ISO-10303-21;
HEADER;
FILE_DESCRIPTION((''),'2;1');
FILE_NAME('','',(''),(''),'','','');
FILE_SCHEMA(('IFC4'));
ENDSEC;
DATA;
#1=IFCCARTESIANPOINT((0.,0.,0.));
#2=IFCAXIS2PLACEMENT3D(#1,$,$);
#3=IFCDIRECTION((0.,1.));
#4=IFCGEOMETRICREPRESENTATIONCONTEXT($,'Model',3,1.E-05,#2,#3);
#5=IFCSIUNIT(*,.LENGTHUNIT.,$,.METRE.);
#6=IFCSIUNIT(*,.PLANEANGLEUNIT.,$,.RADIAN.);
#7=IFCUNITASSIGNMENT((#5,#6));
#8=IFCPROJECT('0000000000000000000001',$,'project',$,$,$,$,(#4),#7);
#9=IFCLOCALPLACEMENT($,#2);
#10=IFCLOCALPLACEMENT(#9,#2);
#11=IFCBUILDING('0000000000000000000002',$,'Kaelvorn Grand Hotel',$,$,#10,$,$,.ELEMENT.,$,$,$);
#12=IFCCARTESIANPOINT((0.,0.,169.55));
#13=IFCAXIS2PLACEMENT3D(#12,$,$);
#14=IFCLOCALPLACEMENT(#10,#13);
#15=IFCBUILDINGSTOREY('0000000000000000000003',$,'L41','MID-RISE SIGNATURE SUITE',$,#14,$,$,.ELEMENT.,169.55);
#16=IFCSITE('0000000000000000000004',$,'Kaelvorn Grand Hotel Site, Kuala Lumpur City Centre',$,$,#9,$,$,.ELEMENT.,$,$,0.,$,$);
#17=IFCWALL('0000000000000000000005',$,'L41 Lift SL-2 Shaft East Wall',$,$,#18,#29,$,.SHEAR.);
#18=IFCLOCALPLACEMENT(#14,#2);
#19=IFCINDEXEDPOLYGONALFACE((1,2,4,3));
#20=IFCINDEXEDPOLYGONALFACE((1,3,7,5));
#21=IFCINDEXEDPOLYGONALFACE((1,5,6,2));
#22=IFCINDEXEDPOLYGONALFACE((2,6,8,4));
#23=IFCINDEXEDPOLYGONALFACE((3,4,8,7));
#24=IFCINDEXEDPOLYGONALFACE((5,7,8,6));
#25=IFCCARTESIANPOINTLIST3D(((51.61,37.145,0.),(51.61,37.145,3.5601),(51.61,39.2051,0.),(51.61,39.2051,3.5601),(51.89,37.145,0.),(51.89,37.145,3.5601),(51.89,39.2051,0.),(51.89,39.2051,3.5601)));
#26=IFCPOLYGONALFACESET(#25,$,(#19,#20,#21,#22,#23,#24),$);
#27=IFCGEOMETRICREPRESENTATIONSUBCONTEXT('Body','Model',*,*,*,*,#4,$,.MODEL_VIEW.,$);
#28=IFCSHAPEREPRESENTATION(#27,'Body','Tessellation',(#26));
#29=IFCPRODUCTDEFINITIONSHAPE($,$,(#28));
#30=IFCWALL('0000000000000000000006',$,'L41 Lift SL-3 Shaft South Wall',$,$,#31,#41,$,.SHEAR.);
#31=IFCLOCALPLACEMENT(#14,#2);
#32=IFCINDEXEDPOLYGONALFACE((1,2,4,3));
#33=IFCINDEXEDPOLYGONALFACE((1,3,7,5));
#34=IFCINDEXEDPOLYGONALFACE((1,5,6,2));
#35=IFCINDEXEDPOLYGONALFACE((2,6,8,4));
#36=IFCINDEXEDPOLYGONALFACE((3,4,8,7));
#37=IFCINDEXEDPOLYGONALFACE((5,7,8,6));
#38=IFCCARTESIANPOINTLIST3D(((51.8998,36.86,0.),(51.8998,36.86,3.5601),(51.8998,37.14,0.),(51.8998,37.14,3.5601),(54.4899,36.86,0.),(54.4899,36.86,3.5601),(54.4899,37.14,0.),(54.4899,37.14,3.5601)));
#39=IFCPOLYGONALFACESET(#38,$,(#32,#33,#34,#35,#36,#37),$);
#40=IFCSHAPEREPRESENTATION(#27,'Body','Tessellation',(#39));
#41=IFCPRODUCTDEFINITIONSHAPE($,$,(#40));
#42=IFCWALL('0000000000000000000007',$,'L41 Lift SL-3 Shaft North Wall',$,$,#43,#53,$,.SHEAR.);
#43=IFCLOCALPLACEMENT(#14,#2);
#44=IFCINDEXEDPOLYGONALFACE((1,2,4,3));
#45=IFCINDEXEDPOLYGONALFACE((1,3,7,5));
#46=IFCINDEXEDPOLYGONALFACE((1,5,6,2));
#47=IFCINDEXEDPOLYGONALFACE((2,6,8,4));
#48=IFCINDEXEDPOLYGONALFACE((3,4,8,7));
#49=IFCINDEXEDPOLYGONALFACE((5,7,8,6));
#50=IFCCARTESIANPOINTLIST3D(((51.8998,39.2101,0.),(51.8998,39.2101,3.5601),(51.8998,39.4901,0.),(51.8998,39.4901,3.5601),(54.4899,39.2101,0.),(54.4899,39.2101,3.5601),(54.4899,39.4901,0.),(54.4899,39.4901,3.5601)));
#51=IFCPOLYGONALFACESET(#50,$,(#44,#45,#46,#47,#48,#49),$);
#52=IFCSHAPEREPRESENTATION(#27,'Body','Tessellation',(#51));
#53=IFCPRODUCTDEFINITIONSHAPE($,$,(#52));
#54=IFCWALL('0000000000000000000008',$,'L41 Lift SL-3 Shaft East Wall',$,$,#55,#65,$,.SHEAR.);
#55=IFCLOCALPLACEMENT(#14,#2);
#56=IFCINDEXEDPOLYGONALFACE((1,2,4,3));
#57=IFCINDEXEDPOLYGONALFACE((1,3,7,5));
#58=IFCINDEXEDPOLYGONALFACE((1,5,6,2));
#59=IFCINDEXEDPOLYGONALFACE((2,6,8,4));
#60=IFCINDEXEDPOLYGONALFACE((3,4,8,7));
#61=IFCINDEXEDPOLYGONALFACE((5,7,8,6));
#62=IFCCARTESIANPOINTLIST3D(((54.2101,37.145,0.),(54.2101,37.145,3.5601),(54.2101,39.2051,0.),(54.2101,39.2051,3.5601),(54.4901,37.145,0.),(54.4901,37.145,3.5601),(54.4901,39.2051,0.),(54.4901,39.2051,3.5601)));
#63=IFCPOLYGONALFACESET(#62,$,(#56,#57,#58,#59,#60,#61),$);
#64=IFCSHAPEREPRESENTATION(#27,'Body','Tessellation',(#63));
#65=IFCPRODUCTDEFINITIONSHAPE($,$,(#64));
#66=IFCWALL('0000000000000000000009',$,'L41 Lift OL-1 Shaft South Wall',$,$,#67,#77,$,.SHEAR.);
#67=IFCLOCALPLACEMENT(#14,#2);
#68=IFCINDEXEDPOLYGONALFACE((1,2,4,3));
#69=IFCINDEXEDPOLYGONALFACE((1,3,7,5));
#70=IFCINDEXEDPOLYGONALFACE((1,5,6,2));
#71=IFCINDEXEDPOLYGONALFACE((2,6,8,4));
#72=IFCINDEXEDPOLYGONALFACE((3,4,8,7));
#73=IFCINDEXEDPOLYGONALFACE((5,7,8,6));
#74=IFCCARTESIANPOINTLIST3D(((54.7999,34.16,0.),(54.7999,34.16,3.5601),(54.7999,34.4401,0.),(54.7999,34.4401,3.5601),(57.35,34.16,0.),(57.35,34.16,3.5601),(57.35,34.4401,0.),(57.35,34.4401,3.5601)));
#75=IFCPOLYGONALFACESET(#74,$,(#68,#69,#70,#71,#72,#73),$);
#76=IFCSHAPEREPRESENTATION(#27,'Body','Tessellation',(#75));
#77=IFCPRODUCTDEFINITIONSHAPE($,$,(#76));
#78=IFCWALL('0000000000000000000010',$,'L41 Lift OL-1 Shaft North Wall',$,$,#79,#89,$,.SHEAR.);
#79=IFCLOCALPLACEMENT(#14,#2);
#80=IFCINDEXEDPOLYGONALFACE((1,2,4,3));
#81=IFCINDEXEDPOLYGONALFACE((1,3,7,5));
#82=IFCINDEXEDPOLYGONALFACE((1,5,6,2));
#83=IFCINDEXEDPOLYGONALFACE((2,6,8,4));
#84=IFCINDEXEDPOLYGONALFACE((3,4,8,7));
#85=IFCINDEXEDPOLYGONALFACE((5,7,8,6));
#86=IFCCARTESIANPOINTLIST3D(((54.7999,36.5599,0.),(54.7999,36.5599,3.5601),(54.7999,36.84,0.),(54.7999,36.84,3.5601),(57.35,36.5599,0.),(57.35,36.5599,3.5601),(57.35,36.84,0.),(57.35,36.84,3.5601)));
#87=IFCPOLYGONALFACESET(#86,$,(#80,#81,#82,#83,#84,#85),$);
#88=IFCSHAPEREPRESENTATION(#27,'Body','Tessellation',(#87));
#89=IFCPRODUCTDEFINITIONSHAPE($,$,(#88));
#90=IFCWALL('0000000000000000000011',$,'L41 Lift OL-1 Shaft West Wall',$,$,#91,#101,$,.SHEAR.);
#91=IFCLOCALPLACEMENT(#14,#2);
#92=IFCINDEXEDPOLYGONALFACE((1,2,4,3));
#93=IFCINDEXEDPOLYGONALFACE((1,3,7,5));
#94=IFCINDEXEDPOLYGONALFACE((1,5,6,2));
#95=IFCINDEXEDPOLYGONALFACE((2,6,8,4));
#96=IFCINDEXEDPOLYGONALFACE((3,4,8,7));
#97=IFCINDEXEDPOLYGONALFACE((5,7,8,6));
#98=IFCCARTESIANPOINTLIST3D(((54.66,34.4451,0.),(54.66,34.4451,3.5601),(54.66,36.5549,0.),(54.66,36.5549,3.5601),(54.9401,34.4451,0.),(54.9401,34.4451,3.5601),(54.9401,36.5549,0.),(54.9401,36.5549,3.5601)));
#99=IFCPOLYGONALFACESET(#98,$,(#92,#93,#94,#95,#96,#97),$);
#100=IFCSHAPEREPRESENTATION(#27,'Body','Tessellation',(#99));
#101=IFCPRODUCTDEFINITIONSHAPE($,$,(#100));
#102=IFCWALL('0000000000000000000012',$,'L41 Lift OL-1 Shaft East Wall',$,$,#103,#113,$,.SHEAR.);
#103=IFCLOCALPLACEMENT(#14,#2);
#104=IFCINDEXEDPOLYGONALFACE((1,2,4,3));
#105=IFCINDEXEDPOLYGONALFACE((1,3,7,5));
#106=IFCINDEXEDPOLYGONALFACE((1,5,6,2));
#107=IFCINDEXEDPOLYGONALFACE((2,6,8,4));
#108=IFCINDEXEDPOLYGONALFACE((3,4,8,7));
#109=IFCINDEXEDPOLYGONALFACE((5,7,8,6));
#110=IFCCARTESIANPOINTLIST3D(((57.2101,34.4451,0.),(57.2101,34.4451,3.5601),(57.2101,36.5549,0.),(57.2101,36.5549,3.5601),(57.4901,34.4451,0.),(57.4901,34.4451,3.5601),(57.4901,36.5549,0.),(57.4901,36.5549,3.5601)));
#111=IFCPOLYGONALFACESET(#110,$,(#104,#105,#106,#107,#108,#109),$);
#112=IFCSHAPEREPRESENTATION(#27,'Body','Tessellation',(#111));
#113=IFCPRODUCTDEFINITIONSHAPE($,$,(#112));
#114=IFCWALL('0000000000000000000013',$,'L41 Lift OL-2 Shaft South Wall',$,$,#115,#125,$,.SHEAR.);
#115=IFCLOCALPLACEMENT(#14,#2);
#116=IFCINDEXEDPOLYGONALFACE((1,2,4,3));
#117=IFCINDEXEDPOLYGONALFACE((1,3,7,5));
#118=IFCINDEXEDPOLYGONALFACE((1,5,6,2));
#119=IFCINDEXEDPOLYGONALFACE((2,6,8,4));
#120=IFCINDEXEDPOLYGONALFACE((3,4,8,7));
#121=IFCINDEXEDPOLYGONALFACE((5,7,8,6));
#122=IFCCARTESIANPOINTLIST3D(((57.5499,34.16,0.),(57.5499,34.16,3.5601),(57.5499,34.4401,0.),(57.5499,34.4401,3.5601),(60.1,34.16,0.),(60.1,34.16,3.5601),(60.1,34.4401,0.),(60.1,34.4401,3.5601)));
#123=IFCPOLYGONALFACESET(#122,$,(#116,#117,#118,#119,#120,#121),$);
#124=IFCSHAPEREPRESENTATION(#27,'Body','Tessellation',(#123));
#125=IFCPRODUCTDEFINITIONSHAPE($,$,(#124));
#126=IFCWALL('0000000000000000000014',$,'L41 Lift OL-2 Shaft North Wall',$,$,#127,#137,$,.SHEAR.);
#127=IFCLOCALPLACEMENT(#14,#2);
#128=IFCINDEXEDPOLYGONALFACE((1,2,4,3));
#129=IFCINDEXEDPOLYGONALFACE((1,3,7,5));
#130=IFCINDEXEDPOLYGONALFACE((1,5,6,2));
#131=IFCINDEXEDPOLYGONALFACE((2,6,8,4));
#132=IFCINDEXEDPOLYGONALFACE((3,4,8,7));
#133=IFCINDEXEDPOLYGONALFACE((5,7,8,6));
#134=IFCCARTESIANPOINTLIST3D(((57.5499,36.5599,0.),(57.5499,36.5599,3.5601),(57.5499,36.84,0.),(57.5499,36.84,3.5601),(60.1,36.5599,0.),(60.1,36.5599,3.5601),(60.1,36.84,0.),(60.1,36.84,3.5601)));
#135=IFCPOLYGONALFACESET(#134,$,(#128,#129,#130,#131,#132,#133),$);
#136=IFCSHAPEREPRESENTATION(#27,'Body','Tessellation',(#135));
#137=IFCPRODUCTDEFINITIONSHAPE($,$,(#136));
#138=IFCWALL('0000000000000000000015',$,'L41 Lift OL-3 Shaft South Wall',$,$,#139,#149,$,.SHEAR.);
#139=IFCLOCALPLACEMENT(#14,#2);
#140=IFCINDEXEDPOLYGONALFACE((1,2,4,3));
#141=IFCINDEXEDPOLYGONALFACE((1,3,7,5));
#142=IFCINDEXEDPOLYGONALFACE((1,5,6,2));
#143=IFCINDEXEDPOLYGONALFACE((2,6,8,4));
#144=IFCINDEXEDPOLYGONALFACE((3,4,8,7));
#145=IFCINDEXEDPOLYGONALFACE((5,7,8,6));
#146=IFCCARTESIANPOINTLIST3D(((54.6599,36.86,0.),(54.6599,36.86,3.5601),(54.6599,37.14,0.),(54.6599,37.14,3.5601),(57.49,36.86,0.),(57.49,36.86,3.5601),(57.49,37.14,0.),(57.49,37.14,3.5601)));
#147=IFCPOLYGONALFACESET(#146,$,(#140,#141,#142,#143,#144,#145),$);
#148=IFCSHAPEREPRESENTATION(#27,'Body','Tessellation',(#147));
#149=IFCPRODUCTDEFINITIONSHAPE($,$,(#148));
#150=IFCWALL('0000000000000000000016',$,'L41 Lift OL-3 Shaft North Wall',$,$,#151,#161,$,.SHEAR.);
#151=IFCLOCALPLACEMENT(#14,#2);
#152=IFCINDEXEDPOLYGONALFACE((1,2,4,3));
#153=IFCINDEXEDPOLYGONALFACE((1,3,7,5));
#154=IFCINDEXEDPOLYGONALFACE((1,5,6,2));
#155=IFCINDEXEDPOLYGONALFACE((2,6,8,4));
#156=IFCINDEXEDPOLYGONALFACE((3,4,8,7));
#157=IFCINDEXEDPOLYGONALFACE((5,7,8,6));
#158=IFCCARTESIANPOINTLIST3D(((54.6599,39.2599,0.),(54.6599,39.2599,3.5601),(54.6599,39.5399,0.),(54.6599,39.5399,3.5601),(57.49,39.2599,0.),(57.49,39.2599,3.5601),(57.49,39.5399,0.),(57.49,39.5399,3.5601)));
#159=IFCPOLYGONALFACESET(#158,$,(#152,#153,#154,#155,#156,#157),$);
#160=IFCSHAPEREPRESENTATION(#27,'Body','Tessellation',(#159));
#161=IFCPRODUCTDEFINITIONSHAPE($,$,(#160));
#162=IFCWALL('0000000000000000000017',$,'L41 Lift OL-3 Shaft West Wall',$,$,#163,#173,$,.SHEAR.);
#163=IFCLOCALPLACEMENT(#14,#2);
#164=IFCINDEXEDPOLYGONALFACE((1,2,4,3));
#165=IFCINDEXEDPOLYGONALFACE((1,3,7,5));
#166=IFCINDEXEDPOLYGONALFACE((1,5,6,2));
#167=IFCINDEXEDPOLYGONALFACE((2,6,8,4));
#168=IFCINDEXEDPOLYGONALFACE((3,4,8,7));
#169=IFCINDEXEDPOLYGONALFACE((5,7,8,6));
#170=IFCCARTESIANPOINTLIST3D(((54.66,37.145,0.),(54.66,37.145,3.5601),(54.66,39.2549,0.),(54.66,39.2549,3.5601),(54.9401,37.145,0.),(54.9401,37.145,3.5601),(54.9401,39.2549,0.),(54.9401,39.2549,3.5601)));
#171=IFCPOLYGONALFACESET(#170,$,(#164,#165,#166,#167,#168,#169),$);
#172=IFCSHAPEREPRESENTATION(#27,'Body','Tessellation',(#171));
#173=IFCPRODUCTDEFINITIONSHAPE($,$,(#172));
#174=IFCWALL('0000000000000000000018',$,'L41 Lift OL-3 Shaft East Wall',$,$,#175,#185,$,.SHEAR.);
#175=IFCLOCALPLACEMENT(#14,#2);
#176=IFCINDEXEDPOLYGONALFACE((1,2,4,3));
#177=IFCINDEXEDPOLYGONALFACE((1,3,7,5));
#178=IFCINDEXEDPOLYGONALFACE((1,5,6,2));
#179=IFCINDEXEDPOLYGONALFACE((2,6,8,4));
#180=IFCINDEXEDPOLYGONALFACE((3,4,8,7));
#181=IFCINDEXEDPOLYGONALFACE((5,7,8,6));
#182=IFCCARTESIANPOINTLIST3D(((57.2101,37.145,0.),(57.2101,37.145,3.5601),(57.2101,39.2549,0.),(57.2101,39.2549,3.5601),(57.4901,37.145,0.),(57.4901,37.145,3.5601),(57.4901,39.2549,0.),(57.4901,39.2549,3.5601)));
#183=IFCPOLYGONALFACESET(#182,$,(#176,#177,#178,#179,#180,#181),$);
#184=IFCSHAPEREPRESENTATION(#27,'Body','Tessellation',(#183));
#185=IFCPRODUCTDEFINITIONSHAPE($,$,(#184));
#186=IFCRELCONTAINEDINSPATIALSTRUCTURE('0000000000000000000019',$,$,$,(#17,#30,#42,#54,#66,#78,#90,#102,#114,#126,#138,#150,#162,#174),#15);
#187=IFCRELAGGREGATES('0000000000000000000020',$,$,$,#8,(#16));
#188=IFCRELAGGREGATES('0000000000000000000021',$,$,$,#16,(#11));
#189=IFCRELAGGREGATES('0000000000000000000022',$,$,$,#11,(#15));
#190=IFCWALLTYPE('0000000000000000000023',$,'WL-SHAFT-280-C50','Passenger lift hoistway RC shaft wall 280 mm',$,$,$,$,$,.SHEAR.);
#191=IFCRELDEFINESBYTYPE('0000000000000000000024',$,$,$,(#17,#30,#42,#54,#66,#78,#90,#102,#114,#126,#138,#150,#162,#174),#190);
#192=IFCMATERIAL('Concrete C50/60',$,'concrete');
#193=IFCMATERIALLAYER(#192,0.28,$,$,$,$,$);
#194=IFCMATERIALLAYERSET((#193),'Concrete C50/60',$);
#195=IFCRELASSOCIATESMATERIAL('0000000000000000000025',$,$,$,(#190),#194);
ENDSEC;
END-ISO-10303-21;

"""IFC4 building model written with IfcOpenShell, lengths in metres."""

from ifc_helpers import new_model, si_unit, direction, frame, frame_2d, origin, place, context, subcontext, project, spatial, rectangle, extrude, material, layer, layer_set, type_object, element, save


model = new_model("IFC4")

# Units and contexts
model_context = context("Model", 3, precision=1e-05, world=origin(), true_north=direction((0.0, 1.0)))
body_context = subcontext(model_context, "Body", "Model", "MODEL_VIEW")
ifc_project = project(units=[si_unit("LENGTHUNIT", "METRE"), si_unit("PLANEANGLEUNIT", "RADIAN")], contexts=[model_context])

# Site, building, storey
site_placement = place(None, origin())
site = spatial("IfcSite", under=ifc_project, at=site_placement, Name="Kaelvorn Grand Hotel Site, Kuala Lumpur City Centre", CompositionType="ELEMENT", RefElevation=0.0)
building_placement = place(site_placement, origin())
building = spatial("IfcBuilding", under=site, at=building_placement, Name="Kaelvorn Grand Hotel", CompositionType="ELEMENT")
storey_placement = place(building_placement, frame((0.0, 0.0, 169.55)))
storey = spatial("IfcBuildingStorey", under=building, at=storey_placement, Name="L41", Description="MID-RISE SIGNATURE SUITE", CompositionType="ELEMENT", Elevation=169.55)

# Shared definitions
ifc_material_1 = material(Name="Concrete C50/60", Category="concrete")

# Shared definitions
ifc_layer_1 = layer(ifc_material_1, 0.28)
ifc_layer_set_1 = layer_set([ifc_layer_1], Name="Concrete C50/60")
wall_type_1 = type_object("IfcWallType", Name="WL-SHAFT-280-C50", Description="Passenger lift hoistway RC shaft wall 280 mm", PredefinedType="SHEAR", material=ifc_layer_set_1)

# Walls
wall_1_placement = place(storey_placement, frame((51.75, 37.145, 0.0), z_axis=(0.0, 0.0, 1.0), x_axis=(0.0, 1.0, 0.0)))
element("IfcWall", 1, at=wall_1_placement, inside=storey, type_object=wall_type_1, Name="L41 Lift SL-2 Shaft East Wall", PredefinedType="SHEAR", context=body_context, shape_type="SweptSolid", body=[
    extrude(rectangle(XDim=2.0601, YDim=0.28, at=frame_2d((1.03, 0.0))), origin(), (0.0, 0.0, 1.0), 3.5601),
])
for number, where, z_axis, x_axis, name in (
    (2, (51.8999, 37.0, 0.0), (0.0, 0.0, 1.0), (1.0, 0.0, 0.0), "L41 Lift SL-3 Shaft South Wall"),
    (3, (51.8999, 39.3501, 0.0), (0.0, 0.0, 1.0), (1.0, 0.0, 0.0), "L41 Lift SL-3 Shaft North Wall"),
):
    element("IfcWall", number, at=place(storey_placement, frame(where, z_axis=z_axis, x_axis=x_axis)), inside=storey, type_object=wall_type_1, Name=name, PredefinedType="SHEAR", context=body_context, shape_type="SweptSolid", body=[
        extrude(rectangle(XDim=2.5901, YDim=0.28, at=frame_2d((1.2949, 0.0))), origin(), (0.0, 0.0, 1.0), 3.5601),
    ])
wall_2_placement = place(storey_placement, frame((54.3501, 37.145, 0.0), z_axis=(0.0, 0.0, 1.0), x_axis=(0.0, 1.0, 0.0)))
element("IfcWall", 4, at=wall_2_placement, inside=storey, type_object=wall_type_1, Name="L41 Lift SL-3 Shaft East Wall", PredefinedType="SHEAR", context=body_context, shape_type="SweptSolid", body=[
    extrude(rectangle(XDim=2.0601, YDim=0.28, at=frame_2d((1.03, 0.0))), origin(), (0.0, 0.0, 1.0), 3.5601),
])
for number, where, z_axis, x_axis, name in (
    (5, (54.8, 34.3, 0.0), (0.0, 0.0, 1.0), (1.0, 0.0, 0.0), "L41 Lift OL-1 Shaft South Wall"),
    (6, (54.8, 36.7, 0.0), (0.0, 0.0, 1.0), (1.0, 0.0, 0.0), "L41 Lift OL-1 Shaft North Wall"),
):
    element("IfcWall", number, at=place(storey_placement, frame(where, z_axis=z_axis, x_axis=x_axis)), inside=storey, type_object=wall_type_1, Name=name, PredefinedType="SHEAR", context=body_context, shape_type="SweptSolid", body=[
        extrude(rectangle(XDim=2.55, YDim=0.28, at=frame_2d((1.2749, 0.0))), origin(), (0.0, 0.0, 1.0), 3.5601),
    ])
for number, where, z_axis, x_axis, name in (
    (7, (54.8, 34.4451, 0.0), (0.0, 0.0, 1.0), (0.0, 1.0, 0.0), "L41 Lift OL-1 Shaft West Wall"),
    (8, (57.3501, 34.4451, 0.0), (0.0, 0.0, 1.0), (0.0, 1.0, 0.0), "L41 Lift OL-1 Shaft East Wall"),
):
    element("IfcWall", number, at=place(storey_placement, frame(where, z_axis=z_axis, x_axis=x_axis)), inside=storey, type_object=wall_type_1, Name=name, PredefinedType="SHEAR", context=body_context, shape_type="SweptSolid", body=[
        extrude(rectangle(XDim=2.1099, YDim=0.28, at=frame_2d((1.0549, 0.0))), origin(), (0.0, 0.0, 1.0), 3.5601),
    ])
for number, where, z_axis, x_axis, name in (
    (9, (57.55, 34.3, 0.0), (0.0, 0.0, 1.0), (1.0, 0.0, 0.0), "L41 Lift OL-2 Shaft South Wall"),
    (10, (57.55, 36.7, 0.0), (0.0, 0.0, 1.0), (1.0, 0.0, 0.0), "L41 Lift OL-2 Shaft North Wall"),
):
    element("IfcWall", number, at=place(storey_placement, frame(where, z_axis=z_axis, x_axis=x_axis)), inside=storey, type_object=wall_type_1, Name=name, PredefinedType="SHEAR", context=body_context, shape_type="SweptSolid", body=[
        extrude(rectangle(XDim=2.55, YDim=0.28, at=frame_2d((1.2749, 0.0))), origin(), (0.0, 0.0, 1.0), 3.5601),
    ])
for number, where, z_axis, x_axis, name in (
    (11, (54.6599, 37.0, 0.0), (0.0, 0.0, 1.0), (1.0, 0.0, 0.0), "L41 Lift OL-3 Shaft South Wall"),
    (12, (54.6599, 39.3999, 0.0), (0.0, 0.0, 1.0), (1.0, 0.0, 0.0), "L41 Lift OL-3 Shaft North Wall"),
):
    element("IfcWall", number, at=place(storey_placement, frame(where, z_axis=z_axis, x_axis=x_axis)), inside=storey, type_object=wall_type_1, Name=name, PredefinedType="SHEAR", context=body_context, shape_type="SweptSolid", body=[
        extrude(rectangle(XDim=2.8301, YDim=0.28, at=frame_2d((1.415, 0.0))), origin(), (0.0, 0.0, 1.0), 3.5601),
    ])
for number, where, z_axis, x_axis, name in (
    (13, (54.8, 37.145, 0.0), (0.0, 0.0, 1.0), (0.0, 1.0, 0.0), "L41 Lift OL-3 Shaft West Wall"),
    (14, (57.3501, 37.145, 0.0), (0.0, 0.0, 1.0), (0.0, 1.0, 0.0), "L41 Lift OL-3 Shaft East Wall"),
):
    element("IfcWall", number, at=place(storey_placement, frame(where, z_axis=z_axis, x_axis=x_axis)), inside=storey, type_object=wall_type_1, Name=name, PredefinedType="SHEAR", context=body_context, shape_type="SweptSolid", body=[
        extrude(rectangle(XDim=2.1099, YDim=0.28, at=frame_2d((1.0549, 0.0))), origin(), (0.0, 0.0, 1.0), 3.5601),
    ])

save(model, "model.ifc")
